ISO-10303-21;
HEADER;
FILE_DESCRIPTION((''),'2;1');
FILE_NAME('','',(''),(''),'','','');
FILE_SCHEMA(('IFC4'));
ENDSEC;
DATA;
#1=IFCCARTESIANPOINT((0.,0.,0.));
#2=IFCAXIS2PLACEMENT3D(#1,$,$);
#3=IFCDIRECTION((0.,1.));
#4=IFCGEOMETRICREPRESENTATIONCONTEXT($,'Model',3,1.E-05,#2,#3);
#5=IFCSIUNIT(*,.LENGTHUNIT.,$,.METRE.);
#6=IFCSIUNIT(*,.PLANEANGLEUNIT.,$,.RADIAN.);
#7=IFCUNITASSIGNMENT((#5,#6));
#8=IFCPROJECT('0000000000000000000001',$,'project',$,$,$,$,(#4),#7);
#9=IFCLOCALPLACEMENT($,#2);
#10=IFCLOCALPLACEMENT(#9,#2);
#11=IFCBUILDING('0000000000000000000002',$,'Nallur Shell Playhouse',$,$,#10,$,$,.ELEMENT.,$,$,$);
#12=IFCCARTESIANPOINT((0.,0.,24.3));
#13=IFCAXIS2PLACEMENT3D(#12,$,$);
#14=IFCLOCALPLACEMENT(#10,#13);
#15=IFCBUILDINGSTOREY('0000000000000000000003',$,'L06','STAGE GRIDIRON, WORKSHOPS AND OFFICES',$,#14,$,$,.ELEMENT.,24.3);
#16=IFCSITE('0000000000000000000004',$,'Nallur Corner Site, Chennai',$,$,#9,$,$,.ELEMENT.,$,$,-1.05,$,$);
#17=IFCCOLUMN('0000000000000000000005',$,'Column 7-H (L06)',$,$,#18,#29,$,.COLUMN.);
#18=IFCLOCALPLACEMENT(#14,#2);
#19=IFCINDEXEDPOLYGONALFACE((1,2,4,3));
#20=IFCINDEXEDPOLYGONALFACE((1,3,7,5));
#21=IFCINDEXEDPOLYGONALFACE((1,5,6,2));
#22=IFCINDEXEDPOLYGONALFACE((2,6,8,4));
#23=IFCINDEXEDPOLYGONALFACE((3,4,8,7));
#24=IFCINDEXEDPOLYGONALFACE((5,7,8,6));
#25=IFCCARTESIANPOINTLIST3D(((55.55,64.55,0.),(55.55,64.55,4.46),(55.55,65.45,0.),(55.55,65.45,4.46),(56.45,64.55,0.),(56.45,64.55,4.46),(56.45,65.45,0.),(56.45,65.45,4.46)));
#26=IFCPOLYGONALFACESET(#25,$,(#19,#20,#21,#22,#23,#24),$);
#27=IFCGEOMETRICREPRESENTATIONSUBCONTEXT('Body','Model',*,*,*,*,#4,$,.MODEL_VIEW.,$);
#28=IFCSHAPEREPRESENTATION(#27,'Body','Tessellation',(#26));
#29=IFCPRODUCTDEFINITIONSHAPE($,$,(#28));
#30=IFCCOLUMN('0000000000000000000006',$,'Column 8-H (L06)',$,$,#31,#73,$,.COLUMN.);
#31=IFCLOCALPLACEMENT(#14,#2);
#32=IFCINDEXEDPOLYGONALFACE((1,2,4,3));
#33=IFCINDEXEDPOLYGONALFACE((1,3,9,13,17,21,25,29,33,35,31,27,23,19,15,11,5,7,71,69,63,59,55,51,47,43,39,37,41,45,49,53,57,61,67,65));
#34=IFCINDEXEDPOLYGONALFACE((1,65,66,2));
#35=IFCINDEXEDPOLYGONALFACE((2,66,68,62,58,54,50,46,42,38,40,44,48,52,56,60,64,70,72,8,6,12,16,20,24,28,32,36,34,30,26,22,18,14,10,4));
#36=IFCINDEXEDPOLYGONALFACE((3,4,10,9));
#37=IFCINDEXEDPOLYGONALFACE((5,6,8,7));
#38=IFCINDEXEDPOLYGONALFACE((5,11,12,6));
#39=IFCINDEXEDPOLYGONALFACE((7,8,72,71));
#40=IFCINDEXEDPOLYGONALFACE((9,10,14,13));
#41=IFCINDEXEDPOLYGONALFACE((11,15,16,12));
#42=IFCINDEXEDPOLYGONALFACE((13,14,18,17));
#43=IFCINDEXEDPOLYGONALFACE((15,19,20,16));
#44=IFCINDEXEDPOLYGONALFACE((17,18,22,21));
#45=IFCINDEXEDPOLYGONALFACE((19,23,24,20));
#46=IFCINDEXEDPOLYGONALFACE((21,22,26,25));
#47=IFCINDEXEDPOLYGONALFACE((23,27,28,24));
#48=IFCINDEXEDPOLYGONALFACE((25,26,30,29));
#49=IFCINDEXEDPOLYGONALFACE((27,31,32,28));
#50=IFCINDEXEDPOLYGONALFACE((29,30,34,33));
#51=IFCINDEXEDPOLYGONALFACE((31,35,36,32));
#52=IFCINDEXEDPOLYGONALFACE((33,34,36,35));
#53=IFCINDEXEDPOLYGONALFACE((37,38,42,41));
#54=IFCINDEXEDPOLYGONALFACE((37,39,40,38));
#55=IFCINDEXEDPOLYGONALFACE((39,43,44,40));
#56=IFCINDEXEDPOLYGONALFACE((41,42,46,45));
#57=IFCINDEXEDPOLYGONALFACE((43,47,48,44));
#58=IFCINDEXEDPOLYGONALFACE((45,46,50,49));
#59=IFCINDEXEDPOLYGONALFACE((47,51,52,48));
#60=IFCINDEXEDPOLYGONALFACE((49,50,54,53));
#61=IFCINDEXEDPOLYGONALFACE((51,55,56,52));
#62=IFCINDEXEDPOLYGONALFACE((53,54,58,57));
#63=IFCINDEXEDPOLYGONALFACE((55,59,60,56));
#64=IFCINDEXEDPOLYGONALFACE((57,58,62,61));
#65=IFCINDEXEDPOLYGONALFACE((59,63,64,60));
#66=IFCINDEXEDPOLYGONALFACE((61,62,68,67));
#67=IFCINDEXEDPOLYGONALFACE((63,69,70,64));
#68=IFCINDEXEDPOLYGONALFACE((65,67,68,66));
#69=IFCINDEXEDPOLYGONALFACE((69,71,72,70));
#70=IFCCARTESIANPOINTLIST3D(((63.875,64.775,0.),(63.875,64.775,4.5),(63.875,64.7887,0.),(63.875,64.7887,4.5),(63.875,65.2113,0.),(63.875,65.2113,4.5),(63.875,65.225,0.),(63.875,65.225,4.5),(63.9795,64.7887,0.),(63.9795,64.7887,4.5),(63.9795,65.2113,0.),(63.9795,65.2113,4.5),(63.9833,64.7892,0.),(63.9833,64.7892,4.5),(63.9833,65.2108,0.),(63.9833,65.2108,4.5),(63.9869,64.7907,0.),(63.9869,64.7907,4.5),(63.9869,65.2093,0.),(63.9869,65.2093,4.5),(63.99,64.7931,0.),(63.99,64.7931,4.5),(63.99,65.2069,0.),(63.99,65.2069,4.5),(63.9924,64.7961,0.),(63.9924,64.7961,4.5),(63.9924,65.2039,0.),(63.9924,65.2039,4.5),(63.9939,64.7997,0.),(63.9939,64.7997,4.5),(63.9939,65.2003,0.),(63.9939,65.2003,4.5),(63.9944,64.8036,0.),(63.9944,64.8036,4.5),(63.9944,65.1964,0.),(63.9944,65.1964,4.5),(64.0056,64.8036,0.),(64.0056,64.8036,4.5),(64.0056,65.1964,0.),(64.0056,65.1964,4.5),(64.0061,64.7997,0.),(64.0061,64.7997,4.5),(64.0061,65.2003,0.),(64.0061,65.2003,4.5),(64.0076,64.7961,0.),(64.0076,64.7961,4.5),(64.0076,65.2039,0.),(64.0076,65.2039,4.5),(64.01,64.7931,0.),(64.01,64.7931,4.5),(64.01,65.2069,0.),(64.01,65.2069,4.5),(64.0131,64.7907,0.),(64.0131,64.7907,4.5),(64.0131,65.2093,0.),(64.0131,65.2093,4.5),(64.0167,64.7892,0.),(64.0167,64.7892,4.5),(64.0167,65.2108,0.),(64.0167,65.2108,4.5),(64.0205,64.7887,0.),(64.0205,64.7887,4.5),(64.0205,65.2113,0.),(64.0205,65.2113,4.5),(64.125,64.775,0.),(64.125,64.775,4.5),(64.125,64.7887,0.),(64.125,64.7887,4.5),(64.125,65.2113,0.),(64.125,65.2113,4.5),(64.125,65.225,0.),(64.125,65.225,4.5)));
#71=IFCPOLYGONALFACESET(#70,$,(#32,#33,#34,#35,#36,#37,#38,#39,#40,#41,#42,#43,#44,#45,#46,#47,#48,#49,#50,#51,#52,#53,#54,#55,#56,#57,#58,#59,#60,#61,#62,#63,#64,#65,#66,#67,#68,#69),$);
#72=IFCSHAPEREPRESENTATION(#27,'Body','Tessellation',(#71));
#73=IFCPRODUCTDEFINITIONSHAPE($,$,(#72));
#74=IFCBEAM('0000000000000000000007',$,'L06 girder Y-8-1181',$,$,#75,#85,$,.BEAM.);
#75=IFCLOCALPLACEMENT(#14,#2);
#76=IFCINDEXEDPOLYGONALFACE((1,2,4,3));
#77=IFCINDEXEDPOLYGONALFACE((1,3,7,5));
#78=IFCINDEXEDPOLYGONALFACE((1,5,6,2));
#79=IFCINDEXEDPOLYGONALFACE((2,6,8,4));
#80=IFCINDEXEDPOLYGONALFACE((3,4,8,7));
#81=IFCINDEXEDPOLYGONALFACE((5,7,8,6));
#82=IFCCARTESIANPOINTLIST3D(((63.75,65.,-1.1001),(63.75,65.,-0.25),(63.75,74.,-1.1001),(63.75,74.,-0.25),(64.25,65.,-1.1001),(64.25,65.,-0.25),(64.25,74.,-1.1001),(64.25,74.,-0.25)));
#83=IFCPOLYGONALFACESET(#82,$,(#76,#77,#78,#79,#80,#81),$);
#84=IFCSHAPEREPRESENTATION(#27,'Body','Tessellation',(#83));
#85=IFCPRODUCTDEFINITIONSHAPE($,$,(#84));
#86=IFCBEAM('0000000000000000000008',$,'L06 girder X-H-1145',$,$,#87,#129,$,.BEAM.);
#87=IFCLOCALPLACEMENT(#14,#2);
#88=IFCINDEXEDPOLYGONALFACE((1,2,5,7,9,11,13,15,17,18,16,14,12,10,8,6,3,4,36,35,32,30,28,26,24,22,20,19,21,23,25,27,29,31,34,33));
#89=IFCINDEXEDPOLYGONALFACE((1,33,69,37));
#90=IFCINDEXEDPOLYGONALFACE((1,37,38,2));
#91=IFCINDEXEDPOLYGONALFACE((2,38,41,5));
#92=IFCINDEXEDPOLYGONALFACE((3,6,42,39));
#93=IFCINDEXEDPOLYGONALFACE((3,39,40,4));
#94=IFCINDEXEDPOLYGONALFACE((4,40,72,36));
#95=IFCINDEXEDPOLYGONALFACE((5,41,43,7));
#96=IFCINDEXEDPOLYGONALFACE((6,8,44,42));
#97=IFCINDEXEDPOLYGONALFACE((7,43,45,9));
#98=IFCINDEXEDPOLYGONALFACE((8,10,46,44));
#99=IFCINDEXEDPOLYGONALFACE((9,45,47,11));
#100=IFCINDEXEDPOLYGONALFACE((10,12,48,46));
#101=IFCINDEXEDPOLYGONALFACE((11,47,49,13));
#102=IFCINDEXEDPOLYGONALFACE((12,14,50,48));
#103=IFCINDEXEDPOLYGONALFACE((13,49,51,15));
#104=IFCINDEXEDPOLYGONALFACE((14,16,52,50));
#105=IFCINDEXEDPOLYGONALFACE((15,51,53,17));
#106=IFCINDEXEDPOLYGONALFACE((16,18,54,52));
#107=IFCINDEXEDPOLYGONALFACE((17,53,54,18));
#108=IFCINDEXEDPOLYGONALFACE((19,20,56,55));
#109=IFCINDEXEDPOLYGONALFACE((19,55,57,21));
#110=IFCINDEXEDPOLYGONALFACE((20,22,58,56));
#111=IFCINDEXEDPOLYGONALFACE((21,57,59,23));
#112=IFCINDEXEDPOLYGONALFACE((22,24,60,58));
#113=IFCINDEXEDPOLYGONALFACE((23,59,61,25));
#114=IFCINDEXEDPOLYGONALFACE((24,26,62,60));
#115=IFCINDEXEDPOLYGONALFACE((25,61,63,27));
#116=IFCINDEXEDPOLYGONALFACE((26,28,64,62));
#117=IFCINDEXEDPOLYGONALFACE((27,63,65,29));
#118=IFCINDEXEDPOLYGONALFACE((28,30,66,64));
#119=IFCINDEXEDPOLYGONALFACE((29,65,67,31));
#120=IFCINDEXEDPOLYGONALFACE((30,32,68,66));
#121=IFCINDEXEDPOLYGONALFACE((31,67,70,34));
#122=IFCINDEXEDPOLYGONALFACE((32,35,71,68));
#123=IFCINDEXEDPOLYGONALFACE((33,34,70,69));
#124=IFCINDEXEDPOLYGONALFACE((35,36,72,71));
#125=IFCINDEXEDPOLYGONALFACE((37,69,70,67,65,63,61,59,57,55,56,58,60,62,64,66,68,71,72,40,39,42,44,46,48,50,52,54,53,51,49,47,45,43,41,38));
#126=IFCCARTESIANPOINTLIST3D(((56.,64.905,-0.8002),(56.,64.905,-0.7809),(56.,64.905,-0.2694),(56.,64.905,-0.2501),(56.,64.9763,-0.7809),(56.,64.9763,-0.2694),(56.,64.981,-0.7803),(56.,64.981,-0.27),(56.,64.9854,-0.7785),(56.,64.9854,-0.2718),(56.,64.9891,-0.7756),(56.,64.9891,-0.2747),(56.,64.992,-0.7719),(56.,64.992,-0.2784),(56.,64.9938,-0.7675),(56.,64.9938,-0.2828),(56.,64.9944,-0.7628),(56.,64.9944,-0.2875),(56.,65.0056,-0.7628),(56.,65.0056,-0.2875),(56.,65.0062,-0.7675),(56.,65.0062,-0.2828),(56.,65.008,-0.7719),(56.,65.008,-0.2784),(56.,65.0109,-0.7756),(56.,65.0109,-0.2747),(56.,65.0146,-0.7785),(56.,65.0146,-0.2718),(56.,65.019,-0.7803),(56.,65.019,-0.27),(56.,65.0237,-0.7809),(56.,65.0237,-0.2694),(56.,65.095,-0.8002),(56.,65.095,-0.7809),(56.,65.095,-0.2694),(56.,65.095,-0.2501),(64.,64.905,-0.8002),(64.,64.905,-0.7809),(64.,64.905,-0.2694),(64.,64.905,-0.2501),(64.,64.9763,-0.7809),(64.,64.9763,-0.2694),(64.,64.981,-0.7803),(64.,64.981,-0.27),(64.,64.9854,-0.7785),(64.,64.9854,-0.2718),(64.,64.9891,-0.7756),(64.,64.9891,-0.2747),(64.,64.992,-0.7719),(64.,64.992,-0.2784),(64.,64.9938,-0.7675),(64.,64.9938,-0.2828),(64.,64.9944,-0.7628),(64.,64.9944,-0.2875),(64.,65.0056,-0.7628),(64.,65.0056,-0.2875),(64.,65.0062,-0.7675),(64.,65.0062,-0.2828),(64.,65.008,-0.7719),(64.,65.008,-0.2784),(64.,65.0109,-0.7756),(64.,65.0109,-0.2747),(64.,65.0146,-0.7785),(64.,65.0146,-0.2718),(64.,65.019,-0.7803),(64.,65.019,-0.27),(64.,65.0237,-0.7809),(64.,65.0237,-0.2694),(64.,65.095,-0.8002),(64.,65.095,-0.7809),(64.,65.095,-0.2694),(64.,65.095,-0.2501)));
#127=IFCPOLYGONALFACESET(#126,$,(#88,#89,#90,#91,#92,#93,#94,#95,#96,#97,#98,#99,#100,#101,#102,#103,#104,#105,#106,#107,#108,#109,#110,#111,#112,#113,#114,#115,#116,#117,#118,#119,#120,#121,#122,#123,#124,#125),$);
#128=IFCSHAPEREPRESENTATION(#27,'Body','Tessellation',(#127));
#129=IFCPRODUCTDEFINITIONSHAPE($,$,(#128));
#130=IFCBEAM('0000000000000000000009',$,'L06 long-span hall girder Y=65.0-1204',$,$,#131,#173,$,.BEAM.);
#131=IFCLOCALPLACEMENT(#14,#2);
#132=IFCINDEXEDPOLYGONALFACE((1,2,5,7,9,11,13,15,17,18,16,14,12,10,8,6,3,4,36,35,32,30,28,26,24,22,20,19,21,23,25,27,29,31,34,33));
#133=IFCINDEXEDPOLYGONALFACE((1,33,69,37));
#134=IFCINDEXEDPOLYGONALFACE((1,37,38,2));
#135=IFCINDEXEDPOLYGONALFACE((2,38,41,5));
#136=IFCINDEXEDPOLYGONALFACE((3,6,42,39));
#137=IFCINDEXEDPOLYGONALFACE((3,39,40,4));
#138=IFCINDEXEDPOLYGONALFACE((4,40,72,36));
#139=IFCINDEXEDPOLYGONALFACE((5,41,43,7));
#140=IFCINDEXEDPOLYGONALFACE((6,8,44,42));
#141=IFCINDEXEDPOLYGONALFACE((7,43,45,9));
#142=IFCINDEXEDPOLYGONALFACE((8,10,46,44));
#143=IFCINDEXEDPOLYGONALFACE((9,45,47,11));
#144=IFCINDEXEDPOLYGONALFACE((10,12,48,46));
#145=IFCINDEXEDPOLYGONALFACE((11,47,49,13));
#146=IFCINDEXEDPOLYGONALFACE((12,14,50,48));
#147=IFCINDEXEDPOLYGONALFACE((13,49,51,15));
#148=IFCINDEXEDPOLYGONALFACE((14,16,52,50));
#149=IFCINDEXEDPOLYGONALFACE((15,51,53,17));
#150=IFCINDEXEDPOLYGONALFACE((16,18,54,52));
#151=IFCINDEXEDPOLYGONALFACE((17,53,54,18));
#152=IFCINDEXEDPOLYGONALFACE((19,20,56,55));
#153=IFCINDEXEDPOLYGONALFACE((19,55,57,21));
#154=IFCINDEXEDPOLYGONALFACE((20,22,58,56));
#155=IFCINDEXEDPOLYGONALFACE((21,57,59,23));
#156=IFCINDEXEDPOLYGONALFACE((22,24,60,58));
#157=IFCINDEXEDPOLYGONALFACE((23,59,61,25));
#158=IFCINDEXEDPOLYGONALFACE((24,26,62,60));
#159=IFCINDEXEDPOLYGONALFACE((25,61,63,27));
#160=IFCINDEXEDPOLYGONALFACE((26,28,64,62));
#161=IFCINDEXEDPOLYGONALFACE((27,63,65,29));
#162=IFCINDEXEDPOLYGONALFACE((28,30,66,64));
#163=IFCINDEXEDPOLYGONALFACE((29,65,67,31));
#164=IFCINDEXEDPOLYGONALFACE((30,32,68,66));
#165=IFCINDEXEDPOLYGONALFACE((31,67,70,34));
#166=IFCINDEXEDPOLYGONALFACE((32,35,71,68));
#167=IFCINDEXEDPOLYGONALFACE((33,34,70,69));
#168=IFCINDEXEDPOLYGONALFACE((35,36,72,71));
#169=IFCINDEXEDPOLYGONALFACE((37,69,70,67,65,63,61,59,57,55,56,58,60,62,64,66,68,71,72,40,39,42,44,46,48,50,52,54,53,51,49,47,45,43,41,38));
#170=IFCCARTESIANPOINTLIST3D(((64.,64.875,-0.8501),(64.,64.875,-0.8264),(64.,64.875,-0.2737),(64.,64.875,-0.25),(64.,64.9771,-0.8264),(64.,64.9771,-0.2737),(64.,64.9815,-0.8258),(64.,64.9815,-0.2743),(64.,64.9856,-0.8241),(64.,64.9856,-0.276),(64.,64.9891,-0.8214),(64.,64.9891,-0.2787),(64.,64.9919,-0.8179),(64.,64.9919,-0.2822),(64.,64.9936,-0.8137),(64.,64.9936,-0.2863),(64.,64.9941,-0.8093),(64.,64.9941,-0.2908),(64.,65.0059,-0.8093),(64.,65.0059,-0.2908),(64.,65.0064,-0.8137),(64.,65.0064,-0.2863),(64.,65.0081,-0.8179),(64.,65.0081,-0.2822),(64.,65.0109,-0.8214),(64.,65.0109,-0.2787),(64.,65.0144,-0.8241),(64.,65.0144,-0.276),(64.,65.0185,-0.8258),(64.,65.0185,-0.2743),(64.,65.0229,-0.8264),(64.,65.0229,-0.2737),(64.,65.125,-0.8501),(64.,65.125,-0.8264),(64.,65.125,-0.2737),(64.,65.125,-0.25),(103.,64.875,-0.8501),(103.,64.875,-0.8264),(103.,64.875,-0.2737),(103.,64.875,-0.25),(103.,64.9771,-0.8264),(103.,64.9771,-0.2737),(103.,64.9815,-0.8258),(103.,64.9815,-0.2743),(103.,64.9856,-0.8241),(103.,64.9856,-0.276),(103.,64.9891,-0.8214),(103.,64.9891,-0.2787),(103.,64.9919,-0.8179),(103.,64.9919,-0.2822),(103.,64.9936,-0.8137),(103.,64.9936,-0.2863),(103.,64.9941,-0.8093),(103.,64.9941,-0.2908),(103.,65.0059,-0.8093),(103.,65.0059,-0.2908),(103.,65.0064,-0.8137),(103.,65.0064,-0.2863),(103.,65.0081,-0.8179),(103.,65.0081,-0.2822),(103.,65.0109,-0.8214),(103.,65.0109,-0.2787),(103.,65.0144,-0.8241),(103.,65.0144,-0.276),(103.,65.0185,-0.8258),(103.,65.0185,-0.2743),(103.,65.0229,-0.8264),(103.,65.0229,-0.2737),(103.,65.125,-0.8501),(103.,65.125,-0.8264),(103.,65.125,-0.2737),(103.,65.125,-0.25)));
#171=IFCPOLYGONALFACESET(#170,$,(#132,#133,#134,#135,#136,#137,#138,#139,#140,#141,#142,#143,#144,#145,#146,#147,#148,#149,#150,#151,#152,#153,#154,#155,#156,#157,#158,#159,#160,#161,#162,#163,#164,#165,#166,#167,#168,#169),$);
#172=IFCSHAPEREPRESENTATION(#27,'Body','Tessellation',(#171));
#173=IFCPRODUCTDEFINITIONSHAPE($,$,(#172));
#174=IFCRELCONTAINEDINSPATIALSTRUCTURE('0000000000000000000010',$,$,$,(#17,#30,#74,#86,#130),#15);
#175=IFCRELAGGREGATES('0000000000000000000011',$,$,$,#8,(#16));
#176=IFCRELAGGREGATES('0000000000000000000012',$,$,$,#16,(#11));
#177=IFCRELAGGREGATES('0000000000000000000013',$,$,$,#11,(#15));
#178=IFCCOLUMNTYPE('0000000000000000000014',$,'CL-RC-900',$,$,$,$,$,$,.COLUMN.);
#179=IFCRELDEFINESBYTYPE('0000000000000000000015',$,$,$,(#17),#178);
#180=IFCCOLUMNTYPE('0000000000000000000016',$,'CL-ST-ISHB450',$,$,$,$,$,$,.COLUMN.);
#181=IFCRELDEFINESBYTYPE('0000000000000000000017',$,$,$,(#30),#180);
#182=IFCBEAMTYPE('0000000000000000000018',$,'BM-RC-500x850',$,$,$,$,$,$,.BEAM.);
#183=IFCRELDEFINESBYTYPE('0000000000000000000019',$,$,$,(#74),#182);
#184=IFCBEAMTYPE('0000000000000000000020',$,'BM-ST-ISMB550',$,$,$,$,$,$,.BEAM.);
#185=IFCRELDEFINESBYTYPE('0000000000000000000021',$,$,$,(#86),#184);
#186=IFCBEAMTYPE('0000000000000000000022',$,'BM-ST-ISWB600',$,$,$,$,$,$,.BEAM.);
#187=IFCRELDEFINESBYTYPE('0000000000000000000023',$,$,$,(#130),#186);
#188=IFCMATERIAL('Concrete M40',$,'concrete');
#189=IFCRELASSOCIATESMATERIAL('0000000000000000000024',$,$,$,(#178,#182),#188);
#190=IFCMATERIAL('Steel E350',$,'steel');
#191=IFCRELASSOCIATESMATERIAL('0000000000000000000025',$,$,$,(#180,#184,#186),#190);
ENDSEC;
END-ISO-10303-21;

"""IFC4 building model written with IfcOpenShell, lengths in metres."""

from ifc_helpers import new_model, si_unit, direction, frame, origin, origin_2d, place, context, subcontext, project, spatial, rectangle, i_section, extrude, material, material_profile, profile_set, type_object, element, save


model = new_model("IFC4")

# Units and contexts
model_context = context("Model", 3, precision=1e-05, world=origin(), true_north=direction((0.0, 1.0)))
body_context = subcontext(model_context, "Body", "Model", "MODEL_VIEW")
ifc_project = project(units=[si_unit("LENGTHUNIT", "METRE"), si_unit("PLANEANGLEUNIT", "RADIAN")], contexts=[model_context])

# Site, building, storey
site_placement = place(None, origin())
site = spatial("IfcSite", under=ifc_project, at=site_placement, Name="Nallur Corner Site, Chennai", CompositionType="ELEMENT", RefElevation=-1.05)
building_placement = place(site_placement, origin())
building = spatial("IfcBuilding", under=site, at=building_placement, Name="Nallur Shell Playhouse", CompositionType="ELEMENT")
storey_placement = place(building_placement, frame((0.0, 0.0, 24.3)))
storey = spatial("IfcBuildingStorey", under=building, at=storey_placement, Name="L06", Description="STAGE GRIDIRON, WORKSHOPS AND OFFICES", CompositionType="ELEMENT", Elevation=24.3)

# Columns
ifc_material_1 = material(Name="Concrete M40", Category="concrete")
ifc_material_profile_1 = material_profile(ifc_material_1, rectangle(XDim=0.8999, YDim=0.8999, at=origin_2d()), Name="RC 900x900")
ifc_profile_set_1 = profile_set([ifc_material_profile_1], Name="Concrete M40")
column_type_1 = type_object("IfcColumnType", Name="CL-RC-900", PredefinedType="COLUMN", material=ifc_profile_set_1)
column_1_placement = place(storey_placement, frame((56.0, 65.0, 0.0), z_axis=(0.0, 0.0, 1.0), x_axis=(1.0, 0.0, 0.0)))
element("IfcColumn", 1, at=column_1_placement, inside=storey, type_object=column_type_1, Name="Column 7-H (L06)", PredefinedType="COLUMN", context=body_context, shape_type="SweptSolid", body=[
    extrude(rectangle(XDim=0.8999, YDim=0.8999, at=origin_2d()), origin(), (0.0, 0.0, 1.0), 4.46),
])
ifc_material_2 = material(Name="Steel E350", Category="steel")
ifc_material_profile_2 = material_profile(ifc_material_2, i_section(OverallWidth=0.25, OverallDepth=0.45, WebThickness=0.0112, FlangeThickness=0.0137, FilletRadius=0.0149, at=origin_2d()), Name="ISHB 450")
ifc_profile_set_2 = profile_set([ifc_material_profile_2], Name="Steel E350")
column_type_2 = type_object("IfcColumnType", Name="CL-ST-ISHB450", PredefinedType="COLUMN", material=ifc_profile_set_2)
column_2_placement = place(storey_placement, frame((64.0, 65.0, 0.0), z_axis=(0.0, 0.0, 1.0), x_axis=(1.0, 0.0, 0.0)))
element("IfcColumn", 2, at=column_2_placement, inside=storey, type_object=column_type_2, Name="Column 8-H (L06)", PredefinedType="COLUMN", context=body_context, shape_type="SweptSolid", body=[
    extrude(i_section(OverallWidth=0.25, OverallDepth=0.45, WebThickness=0.0112, FlangeThickness=0.0137, FilletRadius=0.0149, at=origin_2d()), origin(), (0.0, 0.0, 1.0), 4.5),
])

# Beams
ifc_material_profile_3 = material_profile(ifc_material_1, rectangle(XDim=0.5, YDim=0.8501, at=origin_2d()), Name="RC 500x850")
ifc_profile_set_3 = profile_set([ifc_material_profile_3], Name="Concrete M40")
beam_type_1 = type_object("IfcBeamType", Name="BM-RC-500x850", PredefinedType="BEAM", material=ifc_profile_set_3)
beam_1_placement = place(storey_placement, frame((64.0, 65.0, -0.675), z_axis=(0.0, 1.0, 0.0), x_axis=(-1.0, 0.0, 0.0)))
element("IfcBeam", 3, at=beam_1_placement, inside=storey, type_object=beam_type_1, Name="L06 girder Y-8-1181", PredefinedType="BEAM", context=body_context, shape_type="SweptSolid", body=[
    extrude(rectangle(XDim=0.5, YDim=0.8501, at=origin_2d()), origin(), (0.0, 0.0, 1.0), 9.0),
])
ifc_material_profile_4 = material_profile(ifc_material_2, i_section(OverallWidth=0.1899, OverallDepth=0.55, WebThickness=0.0112, FlangeThickness=0.0193, FilletRadius=0.0181, at=origin_2d()), Name="ISMB 550")
ifc_profile_set_4 = profile_set([ifc_material_profile_4], Name="Steel E350")
beam_type_2 = type_object("IfcBeamType", Name="BM-ST-ISMB550", PredefinedType="BEAM", material=ifc_profile_set_4)
beam_2_placement = place(storey_placement, frame((56.0, 65.0, -0.5251), z_axis=(1.0, 0.0, 0.0), x_axis=(0.0, 1.0, 0.0)))
element("IfcBeam", 4, at=beam_2_placement, inside=storey, type_object=beam_type_2, Name="L06 girder X-H-1145", PredefinedType="BEAM", context=body_context, shape_type="SweptSolid", body=[
    extrude(i_section(OverallWidth=0.1899, OverallDepth=0.55, WebThickness=0.0112, FlangeThickness=0.0193, FilletRadius=0.0181, at=origin_2d()), origin(), (0.0, 0.0, 1.0), 8.0),
])
ifc_material_profile_5 = material_profile(ifc_material_2, i_section(OverallWidth=0.25, OverallDepth=0.6001, WebThickness=0.0117, FlangeThickness=0.0237, FilletRadius=0.0171, at=origin_2d()), Name="ISWB 600")
ifc_profile_set_5 = profile_set([ifc_material_profile_5], Name="Steel E350")
beam_type_3 = type_object("IfcBeamType", Name="BM-ST-ISWB600", PredefinedType="BEAM", material=ifc_profile_set_5)
beam_3_placement = place(storey_placement, frame((64.0, 65.0, -0.55), z_axis=(1.0, 0.0, 0.0), x_axis=(0.0, 1.0, 0.0)))
element("IfcBeam", 5, at=beam_3_placement, inside=storey, type_object=beam_type_3, Name="L06 long-span hall girder Y=65.0-1204", PredefinedType="BEAM", context=body_context, shape_type="SweptSolid", body=[
    extrude(i_section(OverallWidth=0.25, OverallDepth=0.6001, WebThickness=0.0117, FlangeThickness=0.0237, FilletRadius=0.0171, at=origin_2d()), origin(), (0.0, 0.0, 1.0), 39.0),
])

save(model, "model.ifc")
